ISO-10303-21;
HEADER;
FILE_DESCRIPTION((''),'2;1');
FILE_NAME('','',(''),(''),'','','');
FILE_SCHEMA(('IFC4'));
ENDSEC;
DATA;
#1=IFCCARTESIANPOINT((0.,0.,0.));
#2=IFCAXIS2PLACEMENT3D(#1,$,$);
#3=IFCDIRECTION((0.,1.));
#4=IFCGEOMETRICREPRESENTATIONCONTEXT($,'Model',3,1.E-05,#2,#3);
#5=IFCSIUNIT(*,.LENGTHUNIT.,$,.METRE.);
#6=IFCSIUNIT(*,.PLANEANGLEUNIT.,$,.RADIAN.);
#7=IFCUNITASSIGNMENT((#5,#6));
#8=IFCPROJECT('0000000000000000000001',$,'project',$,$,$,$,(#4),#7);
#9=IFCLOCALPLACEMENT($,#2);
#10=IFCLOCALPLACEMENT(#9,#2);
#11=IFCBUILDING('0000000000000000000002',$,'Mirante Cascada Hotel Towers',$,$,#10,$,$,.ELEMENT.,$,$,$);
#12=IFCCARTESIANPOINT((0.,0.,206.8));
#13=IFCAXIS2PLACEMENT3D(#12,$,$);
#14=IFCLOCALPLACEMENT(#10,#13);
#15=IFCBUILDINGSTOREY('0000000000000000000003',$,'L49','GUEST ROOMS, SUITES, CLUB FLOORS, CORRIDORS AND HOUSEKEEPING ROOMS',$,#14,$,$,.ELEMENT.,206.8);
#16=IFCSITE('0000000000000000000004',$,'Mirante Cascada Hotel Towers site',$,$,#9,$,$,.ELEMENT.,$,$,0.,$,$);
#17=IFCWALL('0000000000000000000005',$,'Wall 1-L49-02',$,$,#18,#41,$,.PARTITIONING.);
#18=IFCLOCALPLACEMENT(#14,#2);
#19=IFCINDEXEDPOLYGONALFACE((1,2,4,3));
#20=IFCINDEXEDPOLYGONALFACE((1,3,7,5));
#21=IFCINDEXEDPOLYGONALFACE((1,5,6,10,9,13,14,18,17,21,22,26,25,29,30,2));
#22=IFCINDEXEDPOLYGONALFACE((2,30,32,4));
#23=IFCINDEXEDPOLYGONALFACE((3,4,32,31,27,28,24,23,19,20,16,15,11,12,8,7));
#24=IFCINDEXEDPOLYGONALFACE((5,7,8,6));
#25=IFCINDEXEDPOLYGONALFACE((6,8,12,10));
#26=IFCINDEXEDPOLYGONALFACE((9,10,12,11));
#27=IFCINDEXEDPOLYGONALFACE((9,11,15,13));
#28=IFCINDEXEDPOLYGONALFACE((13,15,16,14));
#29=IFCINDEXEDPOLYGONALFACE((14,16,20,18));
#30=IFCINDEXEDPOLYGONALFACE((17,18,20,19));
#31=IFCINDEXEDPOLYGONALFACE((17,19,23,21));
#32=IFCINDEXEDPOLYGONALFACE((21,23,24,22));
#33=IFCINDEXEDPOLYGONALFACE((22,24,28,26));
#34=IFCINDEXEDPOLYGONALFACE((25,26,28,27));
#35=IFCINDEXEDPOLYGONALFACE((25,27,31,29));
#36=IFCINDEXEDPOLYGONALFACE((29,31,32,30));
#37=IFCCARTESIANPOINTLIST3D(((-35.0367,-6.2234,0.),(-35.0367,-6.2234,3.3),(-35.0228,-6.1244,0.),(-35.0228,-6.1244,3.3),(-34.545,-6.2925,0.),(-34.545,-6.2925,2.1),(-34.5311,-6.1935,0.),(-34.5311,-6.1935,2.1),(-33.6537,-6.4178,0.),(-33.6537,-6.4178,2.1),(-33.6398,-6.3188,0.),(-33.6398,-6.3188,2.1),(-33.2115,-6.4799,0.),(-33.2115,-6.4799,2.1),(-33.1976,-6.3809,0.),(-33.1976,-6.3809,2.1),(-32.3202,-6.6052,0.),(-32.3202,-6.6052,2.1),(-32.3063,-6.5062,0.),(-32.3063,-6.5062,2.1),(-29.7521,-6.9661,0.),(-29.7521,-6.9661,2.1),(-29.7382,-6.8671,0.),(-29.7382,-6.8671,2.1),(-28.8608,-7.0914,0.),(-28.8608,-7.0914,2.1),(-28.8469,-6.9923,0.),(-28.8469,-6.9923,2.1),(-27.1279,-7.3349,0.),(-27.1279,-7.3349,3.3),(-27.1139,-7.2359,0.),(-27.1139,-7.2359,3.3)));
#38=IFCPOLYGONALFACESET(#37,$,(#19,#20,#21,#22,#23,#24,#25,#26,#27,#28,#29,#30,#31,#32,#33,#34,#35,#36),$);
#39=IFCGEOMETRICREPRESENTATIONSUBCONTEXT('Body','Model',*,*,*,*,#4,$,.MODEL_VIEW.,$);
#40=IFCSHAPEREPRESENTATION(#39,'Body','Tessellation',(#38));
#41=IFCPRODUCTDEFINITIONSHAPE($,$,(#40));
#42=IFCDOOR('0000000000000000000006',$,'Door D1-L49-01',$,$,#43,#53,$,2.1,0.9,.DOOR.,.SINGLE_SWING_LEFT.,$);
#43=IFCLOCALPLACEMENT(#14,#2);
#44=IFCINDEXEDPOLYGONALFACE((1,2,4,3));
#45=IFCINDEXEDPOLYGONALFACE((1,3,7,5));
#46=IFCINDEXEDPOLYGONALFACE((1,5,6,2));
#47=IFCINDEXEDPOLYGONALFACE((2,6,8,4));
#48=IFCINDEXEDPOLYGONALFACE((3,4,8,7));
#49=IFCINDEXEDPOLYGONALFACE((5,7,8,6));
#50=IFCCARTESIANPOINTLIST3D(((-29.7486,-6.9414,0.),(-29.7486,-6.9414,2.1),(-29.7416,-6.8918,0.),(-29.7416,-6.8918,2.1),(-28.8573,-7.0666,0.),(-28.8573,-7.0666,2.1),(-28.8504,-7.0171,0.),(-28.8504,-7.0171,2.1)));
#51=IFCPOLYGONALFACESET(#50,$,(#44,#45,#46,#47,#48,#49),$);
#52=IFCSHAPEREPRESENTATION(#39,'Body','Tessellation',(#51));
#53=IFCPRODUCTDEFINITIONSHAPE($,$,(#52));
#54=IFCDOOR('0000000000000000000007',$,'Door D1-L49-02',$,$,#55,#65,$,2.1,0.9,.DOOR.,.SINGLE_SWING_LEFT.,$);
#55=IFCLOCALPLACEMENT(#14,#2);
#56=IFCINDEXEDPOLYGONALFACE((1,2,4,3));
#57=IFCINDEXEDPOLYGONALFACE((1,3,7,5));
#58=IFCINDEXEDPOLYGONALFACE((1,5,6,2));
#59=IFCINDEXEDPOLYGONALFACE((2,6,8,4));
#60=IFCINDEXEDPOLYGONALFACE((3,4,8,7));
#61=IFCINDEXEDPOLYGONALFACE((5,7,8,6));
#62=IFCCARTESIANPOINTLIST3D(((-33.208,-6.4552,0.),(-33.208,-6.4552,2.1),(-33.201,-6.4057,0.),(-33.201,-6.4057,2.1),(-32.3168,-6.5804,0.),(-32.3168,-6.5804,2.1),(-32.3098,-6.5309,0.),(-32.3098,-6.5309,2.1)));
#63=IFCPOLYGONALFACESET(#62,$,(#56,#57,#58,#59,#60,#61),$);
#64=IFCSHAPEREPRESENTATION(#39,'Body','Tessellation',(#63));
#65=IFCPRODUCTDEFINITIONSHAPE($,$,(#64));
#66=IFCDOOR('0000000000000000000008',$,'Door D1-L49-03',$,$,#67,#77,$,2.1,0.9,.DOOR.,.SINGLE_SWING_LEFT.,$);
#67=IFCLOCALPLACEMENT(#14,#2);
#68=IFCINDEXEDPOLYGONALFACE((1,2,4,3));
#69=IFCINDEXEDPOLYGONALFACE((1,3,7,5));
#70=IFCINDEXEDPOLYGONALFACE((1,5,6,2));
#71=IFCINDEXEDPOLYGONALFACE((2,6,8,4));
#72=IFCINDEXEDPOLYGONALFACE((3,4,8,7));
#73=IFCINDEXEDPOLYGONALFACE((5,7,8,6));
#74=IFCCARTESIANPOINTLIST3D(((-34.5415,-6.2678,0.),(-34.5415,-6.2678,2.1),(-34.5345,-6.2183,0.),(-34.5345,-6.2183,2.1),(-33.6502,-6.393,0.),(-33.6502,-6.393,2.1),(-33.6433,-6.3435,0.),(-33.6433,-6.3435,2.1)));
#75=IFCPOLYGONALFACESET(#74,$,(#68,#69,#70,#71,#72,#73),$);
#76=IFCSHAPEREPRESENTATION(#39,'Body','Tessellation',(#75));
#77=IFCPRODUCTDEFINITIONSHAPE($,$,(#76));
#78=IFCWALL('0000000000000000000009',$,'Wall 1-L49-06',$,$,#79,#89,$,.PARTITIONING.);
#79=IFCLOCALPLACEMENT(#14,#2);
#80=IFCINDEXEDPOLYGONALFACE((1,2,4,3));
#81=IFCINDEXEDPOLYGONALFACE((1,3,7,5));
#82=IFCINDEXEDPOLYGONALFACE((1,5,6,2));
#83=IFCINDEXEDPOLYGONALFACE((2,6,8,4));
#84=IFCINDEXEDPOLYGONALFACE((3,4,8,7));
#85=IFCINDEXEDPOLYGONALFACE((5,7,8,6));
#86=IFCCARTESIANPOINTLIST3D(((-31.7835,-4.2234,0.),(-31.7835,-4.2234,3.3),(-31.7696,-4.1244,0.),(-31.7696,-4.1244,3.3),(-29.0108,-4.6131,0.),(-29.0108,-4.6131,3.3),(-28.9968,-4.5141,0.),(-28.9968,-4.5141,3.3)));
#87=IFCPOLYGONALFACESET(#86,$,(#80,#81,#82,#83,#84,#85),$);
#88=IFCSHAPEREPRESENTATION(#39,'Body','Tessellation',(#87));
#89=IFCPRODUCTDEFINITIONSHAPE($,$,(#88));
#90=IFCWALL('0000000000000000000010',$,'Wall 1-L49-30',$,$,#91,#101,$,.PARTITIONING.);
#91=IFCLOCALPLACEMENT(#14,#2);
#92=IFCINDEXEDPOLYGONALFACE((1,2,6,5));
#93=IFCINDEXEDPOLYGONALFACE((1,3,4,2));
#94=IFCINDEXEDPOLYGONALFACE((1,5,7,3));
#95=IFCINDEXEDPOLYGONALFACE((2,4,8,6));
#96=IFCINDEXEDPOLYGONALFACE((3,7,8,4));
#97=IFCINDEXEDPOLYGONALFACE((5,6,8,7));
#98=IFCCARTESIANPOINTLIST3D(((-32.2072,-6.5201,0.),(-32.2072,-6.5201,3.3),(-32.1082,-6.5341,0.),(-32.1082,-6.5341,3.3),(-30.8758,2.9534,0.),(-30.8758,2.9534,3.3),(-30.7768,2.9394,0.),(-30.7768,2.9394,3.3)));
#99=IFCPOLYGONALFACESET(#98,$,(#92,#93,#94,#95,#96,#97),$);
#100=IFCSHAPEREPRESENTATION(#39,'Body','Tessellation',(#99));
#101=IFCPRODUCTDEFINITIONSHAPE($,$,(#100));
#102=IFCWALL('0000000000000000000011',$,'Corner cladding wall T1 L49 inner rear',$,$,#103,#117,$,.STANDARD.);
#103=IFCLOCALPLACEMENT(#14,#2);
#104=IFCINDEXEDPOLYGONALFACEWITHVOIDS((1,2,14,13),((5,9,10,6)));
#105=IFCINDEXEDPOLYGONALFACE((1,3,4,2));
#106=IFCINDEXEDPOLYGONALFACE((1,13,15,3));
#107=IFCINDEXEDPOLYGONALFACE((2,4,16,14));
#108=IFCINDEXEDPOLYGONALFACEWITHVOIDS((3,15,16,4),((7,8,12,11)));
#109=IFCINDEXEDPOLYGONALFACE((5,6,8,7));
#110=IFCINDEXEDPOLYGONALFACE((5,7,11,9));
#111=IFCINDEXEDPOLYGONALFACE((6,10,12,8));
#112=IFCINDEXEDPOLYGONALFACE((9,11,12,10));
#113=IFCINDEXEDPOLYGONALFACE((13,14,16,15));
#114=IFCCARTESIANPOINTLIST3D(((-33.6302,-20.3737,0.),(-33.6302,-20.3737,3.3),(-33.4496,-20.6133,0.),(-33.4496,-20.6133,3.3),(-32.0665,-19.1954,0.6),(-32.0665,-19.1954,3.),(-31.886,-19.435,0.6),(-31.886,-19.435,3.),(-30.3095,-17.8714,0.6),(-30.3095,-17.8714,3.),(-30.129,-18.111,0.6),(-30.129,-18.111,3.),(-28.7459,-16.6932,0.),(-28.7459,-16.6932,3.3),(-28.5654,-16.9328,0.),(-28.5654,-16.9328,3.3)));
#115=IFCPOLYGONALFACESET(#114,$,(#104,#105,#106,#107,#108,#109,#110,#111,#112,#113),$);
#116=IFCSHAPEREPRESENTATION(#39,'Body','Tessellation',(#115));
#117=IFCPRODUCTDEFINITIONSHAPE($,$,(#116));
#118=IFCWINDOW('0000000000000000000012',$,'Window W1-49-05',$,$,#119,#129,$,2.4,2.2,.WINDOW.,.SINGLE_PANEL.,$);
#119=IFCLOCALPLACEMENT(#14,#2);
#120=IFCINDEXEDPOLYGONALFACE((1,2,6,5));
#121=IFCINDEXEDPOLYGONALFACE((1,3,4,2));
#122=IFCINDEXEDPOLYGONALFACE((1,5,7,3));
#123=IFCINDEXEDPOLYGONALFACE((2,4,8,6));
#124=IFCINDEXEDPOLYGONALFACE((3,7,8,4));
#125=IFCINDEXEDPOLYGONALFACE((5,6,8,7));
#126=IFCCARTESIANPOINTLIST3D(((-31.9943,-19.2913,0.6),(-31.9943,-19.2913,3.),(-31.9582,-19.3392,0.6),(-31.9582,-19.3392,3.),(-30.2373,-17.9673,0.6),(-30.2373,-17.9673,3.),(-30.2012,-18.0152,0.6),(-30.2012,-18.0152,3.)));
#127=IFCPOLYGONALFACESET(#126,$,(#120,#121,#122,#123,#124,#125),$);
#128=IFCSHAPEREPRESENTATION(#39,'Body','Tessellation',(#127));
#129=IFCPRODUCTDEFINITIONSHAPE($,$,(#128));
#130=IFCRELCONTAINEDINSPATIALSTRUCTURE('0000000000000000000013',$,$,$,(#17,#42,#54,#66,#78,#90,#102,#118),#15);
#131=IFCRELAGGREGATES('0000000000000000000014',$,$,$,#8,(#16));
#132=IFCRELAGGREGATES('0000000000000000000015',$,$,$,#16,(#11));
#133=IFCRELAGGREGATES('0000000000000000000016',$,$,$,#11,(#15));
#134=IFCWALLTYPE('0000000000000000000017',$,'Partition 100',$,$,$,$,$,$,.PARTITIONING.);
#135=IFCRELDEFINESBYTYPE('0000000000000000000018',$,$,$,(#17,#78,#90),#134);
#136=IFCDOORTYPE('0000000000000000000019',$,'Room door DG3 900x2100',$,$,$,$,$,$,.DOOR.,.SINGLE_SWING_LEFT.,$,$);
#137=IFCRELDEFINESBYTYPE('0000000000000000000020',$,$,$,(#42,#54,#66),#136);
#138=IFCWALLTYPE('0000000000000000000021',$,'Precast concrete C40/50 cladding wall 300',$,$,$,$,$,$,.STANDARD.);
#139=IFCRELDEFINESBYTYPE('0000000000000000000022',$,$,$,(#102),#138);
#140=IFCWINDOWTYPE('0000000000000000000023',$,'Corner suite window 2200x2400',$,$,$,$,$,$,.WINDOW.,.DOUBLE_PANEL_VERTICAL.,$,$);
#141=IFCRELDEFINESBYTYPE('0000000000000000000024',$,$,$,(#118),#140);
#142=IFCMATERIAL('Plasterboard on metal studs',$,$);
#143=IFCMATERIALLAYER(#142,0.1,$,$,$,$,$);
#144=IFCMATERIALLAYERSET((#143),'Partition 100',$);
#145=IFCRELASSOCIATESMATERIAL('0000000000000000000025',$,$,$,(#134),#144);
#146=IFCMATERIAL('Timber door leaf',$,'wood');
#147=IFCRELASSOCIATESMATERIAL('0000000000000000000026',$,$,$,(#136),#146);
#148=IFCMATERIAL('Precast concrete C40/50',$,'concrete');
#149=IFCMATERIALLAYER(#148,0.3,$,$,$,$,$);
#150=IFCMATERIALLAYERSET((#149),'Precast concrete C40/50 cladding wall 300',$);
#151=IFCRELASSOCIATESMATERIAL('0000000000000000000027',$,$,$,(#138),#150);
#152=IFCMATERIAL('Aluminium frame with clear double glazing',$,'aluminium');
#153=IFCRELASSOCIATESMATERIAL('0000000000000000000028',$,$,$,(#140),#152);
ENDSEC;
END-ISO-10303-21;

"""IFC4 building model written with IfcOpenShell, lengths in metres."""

from ifc_helpers import new_model, si_unit, direction, frame, frame_2d, origin, place, context, subcontext, project, spatial, rectangle, extrude, material, layer, layer_set, type_object, element, fill, save


model = new_model("IFC4")

# Units and contexts
model_context = context("Model", 3, precision=1e-05, world=origin(), true_north=direction((0.0, 1.0)))
body_context = subcontext(model_context, "Body", "Model", "MODEL_VIEW")
ifc_project = project(units=[si_unit("LENGTHUNIT", "METRE"), si_unit("PLANEANGLEUNIT", "RADIAN")], contexts=[model_context])

# Site, building, storey
site_placement = place(None, origin())
site = spatial("IfcSite", under=ifc_project, at=site_placement, Name="Mirante Cascada Hotel Towers site", CompositionType="ELEMENT", RefElevation=0.0)
building_placement = place(site_placement, origin())
building = spatial("IfcBuilding", under=site, at=building_placement, Name="Mirante Cascada Hotel Towers", CompositionType="ELEMENT")
storey_placement = place(building_placement, frame((0.0, 0.0, 206.8)))
storey = spatial("IfcBuildingStorey", under=building, at=storey_placement, Name="L49", Description="GUEST ROOMS, SUITES, CLUB FLOORS, CORRIDORS AND HOUSEKEEPING ROOMS", CompositionType="ELEMENT", Elevation=206.8)

# Shared definitions
ifc_material_1 = material(Name="Plasterboard on metal studs")
ifc_layer_1 = layer(ifc_material_1, 0.1)
ifc_layer_set_1 = layer_set([ifc_layer_1], Name="Partition 100")
wall_type_1 = type_object("IfcWallType", Name="Partition 100", PredefinedType="PARTITIONING", material=ifc_layer_set_1)

# Wall, openings, doors
wall_1_placement = place(storey_placement, frame((-27.1209, -7.2854, 0.0), z_axis=(0.0, 0.0, 1.0), x_axis=(-0.990268, 0.13917, 0.0)))
wall_1 = element("IfcWall", 1, at=wall_1_placement, inside=storey, type_object=wall_type_1, Name="Wall 1-L49-02", PredefinedType="PARTITIONING", context=body_context, shape_type="SweptSolid", body=[
    extrude(rectangle(XDim=7.9866, YDim=0.1, at=frame_2d((3.9933, 0.0))), origin(), (0.0, 0.0, 1.0), 3.3),
])
opening_1_placement = place(wall_1_placement, frame((1.75, 0.0, 0.0)))
opening_1 = element("IfcOpeningElement", 2, at=opening_1_placement, cuts=wall_1, PredefinedType="OPENING", context=body_context, shape_type="SweptSolid", body=[
    extrude(rectangle(XDim=0.9, YDim=2.1, at=frame_2d((0.45, 1.05))), frame((0.0, 0.05, 0.0), z_axis=(0.0, -1.0, 0.0), x_axis=(1.0, 0.0, 0.0)), (0.0, 0.0, 1.0), 0.1),
])
opening_2_placement = place(wall_1_placement, frame((5.2434, 0.0, 0.0)))
opening_2 = element("IfcOpeningElement", 3, at=opening_2_placement, cuts=wall_1, PredefinedType="OPENING", context=body_context, shape_type="SweptSolid", body=[
    extrude(rectangle(XDim=0.9, YDim=2.1, at=frame_2d((0.45, 1.05))), frame((0.0, 0.05, 0.0), z_axis=(0.0, -1.0, 0.0), x_axis=(1.0, 0.0, 0.0)), (0.0, 0.0, 1.0), 0.1),
])
opening_3_placement = place(wall_1_placement, frame((6.59, 0.0, 0.0)))
opening_3 = element("IfcOpeningElement", 4, at=opening_3_placement, cuts=wall_1, PredefinedType="OPENING", context=body_context, shape_type="SweptSolid", body=[
    extrude(rectangle(XDim=0.9, YDim=2.1, at=frame_2d((0.45, 1.05))), frame((0.0, 0.05, 0.0), z_axis=(0.0, -1.0, 0.0), x_axis=(1.0, 0.0, 0.0)), (0.0, 0.0, 1.0), 0.1),
])
ifc_material_2 = material(Name="Timber door leaf", Category="wood")
door_type = type_object("IfcDoorType", Name="Room door DG3 900x2100", OperationType="SINGLE_SWING_LEFT", PredefinedType="DOOR", material=ifc_material_2)
door_1_placement = place(opening_1_placement, origin())
door_1 = element("IfcDoor", 5, at=door_1_placement, inside=storey, type_object=door_type, Name="Door D1-L49-01", OperationType="SINGLE_SWING_LEFT", OverallHeight=2.1, OverallWidth=0.9, PredefinedType="DOOR", context=body_context, shape_type="SweptSolid", body=[
    extrude(rectangle(XDim=0.9, YDim=2.1, at=frame_2d((0.45, 1.05))), frame((0.0, 0.025, 0.0), z_axis=(0.0, -1.0, 0.0), x_axis=(1.0, 0.0, 0.0)), (0.0, 0.0, 1.0), 0.05),
])
fill(opening_1, door_1)
door_2_placement = place(opening_2_placement, origin())
door_2 = element("IfcDoor", 6, at=door_2_placement, inside=storey, type_object=door_type, Name="Door D1-L49-02", OperationType="SINGLE_SWING_LEFT", OverallHeight=2.1, OverallWidth=0.9, PredefinedType="DOOR", context=body_context, shape_type="SweptSolid", body=[
    extrude(rectangle(XDim=0.9, YDim=2.1, at=frame_2d((0.45, 1.05))), frame((0.0, 0.025, 0.0), z_axis=(0.0, -1.0, 0.0), x_axis=(1.0, 0.0, 0.0)), (0.0, 0.0, 1.0), 0.05),
])
fill(opening_2, door_2)
door_3_placement = place(opening_3_placement, origin())
door_3 = element("IfcDoor", 7, at=door_3_placement, inside=storey, type_object=door_type, Name="Door D1-L49-03", OperationType="SINGLE_SWING_LEFT", OverallHeight=2.1, OverallWidth=0.9, PredefinedType="DOOR", context=body_context, shape_type="SweptSolid", body=[
    extrude(rectangle(XDim=0.9, YDim=2.1, at=frame_2d((0.45, 1.05))), frame((0.0, 0.025, 0.0), z_axis=(0.0, -1.0, 0.0), x_axis=(1.0, 0.0, 0.0)), (0.0, 0.0, 1.0), 0.05),
])
fill(opening_3, door_3)

# Walls
wall_2_placement = place(storey_placement, frame((-29.0038, -4.5636, 0.0), z_axis=(0.0, 0.0, 1.0), x_axis=(-0.990267, 0.139181, 0.0)))
element("IfcWall", 8, at=wall_2_placement, inside=storey, type_object=wall_type_1, Name="Wall 1-L49-06", PredefinedType="PARTITIONING", context=body_context, shape_type="SweptSolid", body=[
    extrude(rectangle(XDim=2.8, YDim=0.1, at=frame_2d((1.4, 0.0))), origin(), (0.0, 0.0, 1.0), 3.3),
])
wall_3_placement = place(storey_placement, frame((-32.1577, -6.5271, 0.0), z_axis=(0.0, 0.0, 1.0), x_axis=(0.139172, 0.990268, 0.0)))
element("IfcWall", 9, at=wall_3_placement, inside=storey, type_object=wall_type_1, Name="Wall 1-L49-30", PredefinedType="PARTITIONING", context=body_context, shape_type="SweptSolid", body=[
    extrude(rectangle(XDim=9.5666, YDim=0.1, at=frame_2d((4.7833, 0.0))), origin(), (0.0, 0.0, 1.0), 3.3),
])

# Wall, opening, window
ifc_material_3 = material(Name="Precast concrete C40/50", Category="concrete")
ifc_layer_2 = layer(ifc_material_3, 0.3)
ifc_layer_set_2 = layer_set([ifc_layer_2], Name="Precast concrete C40/50 cladding wall 300")
wall_type_2 = type_object("IfcWallType", Name="Precast concrete C40/50 cladding wall 300", PredefinedType="STANDARD", material=ifc_layer_set_2)
wall_4_placement = place(storey_placement, frame((-28.6557, -16.813, 0.0), z_axis=(0.0, 0.0, 1.0), x_axis=(-0.798636, -0.601814, 0.0)))
wall_4 = element("IfcWall", 10, at=wall_4_placement, inside=storey, type_object=wall_type_2, Name="Corner cladding wall T1 L49 inner rear", PredefinedType="STANDARD", context=body_context, shape_type="SweptSolid", body=[
    extrude(rectangle(XDim=6.1157, YDim=0.3, at=frame_2d((3.0578, 0.0))), origin(), (0.0, 0.0, 1.0), 3.3),
])
opening_4_placement = place(wall_4_placement, frame((1.9578, 0.0, 0.6)))
opening_4 = element("IfcOpeningElement", 11, at=opening_4_placement, cuts=wall_4, PredefinedType="OPENING", context=body_context, shape_type="SweptSolid", body=[
    extrude(rectangle(XDim=2.2, YDim=2.4, at=frame_2d((1.1, 1.2))), frame((0.0, 0.15, 0.0), z_axis=(0.0, -1.0, 0.0), x_axis=(1.0, 0.0, 0.0)), (0.0, 0.0, 1.0), 0.3),
])
ifc_material_4 = material(Name="Aluminium frame with clear double glazing", Category="aluminium")
window_type = type_object("IfcWindowType", Name="Corner suite window 2200x2400", PartitioningType="DOUBLE_PANEL_VERTICAL", PredefinedType="WINDOW", material=ifc_material_4)
window_placement = place(opening_4_placement, origin())
window = element("IfcWindow", 12, at=window_placement, inside=storey, type_object=window_type, Name="Window W1-49-05", OverallHeight=2.4, OverallWidth=2.2, PartitioningType="SINGLE_PANEL", PredefinedType="WINDOW", context=body_context, shape_type="SweptSolid", body=[
    extrude(rectangle(XDim=2.2, YDim=2.4, at=frame_2d((1.1, 1.2))), frame((0.0, 0.03, 0.0), z_axis=(0.0, -1.0, 0.0), x_axis=(1.0, 0.0, 0.0)), (0.0, 0.0, 1.0), 0.06),
])
fill(opening_4, window)

save(model, "model.ifc")
